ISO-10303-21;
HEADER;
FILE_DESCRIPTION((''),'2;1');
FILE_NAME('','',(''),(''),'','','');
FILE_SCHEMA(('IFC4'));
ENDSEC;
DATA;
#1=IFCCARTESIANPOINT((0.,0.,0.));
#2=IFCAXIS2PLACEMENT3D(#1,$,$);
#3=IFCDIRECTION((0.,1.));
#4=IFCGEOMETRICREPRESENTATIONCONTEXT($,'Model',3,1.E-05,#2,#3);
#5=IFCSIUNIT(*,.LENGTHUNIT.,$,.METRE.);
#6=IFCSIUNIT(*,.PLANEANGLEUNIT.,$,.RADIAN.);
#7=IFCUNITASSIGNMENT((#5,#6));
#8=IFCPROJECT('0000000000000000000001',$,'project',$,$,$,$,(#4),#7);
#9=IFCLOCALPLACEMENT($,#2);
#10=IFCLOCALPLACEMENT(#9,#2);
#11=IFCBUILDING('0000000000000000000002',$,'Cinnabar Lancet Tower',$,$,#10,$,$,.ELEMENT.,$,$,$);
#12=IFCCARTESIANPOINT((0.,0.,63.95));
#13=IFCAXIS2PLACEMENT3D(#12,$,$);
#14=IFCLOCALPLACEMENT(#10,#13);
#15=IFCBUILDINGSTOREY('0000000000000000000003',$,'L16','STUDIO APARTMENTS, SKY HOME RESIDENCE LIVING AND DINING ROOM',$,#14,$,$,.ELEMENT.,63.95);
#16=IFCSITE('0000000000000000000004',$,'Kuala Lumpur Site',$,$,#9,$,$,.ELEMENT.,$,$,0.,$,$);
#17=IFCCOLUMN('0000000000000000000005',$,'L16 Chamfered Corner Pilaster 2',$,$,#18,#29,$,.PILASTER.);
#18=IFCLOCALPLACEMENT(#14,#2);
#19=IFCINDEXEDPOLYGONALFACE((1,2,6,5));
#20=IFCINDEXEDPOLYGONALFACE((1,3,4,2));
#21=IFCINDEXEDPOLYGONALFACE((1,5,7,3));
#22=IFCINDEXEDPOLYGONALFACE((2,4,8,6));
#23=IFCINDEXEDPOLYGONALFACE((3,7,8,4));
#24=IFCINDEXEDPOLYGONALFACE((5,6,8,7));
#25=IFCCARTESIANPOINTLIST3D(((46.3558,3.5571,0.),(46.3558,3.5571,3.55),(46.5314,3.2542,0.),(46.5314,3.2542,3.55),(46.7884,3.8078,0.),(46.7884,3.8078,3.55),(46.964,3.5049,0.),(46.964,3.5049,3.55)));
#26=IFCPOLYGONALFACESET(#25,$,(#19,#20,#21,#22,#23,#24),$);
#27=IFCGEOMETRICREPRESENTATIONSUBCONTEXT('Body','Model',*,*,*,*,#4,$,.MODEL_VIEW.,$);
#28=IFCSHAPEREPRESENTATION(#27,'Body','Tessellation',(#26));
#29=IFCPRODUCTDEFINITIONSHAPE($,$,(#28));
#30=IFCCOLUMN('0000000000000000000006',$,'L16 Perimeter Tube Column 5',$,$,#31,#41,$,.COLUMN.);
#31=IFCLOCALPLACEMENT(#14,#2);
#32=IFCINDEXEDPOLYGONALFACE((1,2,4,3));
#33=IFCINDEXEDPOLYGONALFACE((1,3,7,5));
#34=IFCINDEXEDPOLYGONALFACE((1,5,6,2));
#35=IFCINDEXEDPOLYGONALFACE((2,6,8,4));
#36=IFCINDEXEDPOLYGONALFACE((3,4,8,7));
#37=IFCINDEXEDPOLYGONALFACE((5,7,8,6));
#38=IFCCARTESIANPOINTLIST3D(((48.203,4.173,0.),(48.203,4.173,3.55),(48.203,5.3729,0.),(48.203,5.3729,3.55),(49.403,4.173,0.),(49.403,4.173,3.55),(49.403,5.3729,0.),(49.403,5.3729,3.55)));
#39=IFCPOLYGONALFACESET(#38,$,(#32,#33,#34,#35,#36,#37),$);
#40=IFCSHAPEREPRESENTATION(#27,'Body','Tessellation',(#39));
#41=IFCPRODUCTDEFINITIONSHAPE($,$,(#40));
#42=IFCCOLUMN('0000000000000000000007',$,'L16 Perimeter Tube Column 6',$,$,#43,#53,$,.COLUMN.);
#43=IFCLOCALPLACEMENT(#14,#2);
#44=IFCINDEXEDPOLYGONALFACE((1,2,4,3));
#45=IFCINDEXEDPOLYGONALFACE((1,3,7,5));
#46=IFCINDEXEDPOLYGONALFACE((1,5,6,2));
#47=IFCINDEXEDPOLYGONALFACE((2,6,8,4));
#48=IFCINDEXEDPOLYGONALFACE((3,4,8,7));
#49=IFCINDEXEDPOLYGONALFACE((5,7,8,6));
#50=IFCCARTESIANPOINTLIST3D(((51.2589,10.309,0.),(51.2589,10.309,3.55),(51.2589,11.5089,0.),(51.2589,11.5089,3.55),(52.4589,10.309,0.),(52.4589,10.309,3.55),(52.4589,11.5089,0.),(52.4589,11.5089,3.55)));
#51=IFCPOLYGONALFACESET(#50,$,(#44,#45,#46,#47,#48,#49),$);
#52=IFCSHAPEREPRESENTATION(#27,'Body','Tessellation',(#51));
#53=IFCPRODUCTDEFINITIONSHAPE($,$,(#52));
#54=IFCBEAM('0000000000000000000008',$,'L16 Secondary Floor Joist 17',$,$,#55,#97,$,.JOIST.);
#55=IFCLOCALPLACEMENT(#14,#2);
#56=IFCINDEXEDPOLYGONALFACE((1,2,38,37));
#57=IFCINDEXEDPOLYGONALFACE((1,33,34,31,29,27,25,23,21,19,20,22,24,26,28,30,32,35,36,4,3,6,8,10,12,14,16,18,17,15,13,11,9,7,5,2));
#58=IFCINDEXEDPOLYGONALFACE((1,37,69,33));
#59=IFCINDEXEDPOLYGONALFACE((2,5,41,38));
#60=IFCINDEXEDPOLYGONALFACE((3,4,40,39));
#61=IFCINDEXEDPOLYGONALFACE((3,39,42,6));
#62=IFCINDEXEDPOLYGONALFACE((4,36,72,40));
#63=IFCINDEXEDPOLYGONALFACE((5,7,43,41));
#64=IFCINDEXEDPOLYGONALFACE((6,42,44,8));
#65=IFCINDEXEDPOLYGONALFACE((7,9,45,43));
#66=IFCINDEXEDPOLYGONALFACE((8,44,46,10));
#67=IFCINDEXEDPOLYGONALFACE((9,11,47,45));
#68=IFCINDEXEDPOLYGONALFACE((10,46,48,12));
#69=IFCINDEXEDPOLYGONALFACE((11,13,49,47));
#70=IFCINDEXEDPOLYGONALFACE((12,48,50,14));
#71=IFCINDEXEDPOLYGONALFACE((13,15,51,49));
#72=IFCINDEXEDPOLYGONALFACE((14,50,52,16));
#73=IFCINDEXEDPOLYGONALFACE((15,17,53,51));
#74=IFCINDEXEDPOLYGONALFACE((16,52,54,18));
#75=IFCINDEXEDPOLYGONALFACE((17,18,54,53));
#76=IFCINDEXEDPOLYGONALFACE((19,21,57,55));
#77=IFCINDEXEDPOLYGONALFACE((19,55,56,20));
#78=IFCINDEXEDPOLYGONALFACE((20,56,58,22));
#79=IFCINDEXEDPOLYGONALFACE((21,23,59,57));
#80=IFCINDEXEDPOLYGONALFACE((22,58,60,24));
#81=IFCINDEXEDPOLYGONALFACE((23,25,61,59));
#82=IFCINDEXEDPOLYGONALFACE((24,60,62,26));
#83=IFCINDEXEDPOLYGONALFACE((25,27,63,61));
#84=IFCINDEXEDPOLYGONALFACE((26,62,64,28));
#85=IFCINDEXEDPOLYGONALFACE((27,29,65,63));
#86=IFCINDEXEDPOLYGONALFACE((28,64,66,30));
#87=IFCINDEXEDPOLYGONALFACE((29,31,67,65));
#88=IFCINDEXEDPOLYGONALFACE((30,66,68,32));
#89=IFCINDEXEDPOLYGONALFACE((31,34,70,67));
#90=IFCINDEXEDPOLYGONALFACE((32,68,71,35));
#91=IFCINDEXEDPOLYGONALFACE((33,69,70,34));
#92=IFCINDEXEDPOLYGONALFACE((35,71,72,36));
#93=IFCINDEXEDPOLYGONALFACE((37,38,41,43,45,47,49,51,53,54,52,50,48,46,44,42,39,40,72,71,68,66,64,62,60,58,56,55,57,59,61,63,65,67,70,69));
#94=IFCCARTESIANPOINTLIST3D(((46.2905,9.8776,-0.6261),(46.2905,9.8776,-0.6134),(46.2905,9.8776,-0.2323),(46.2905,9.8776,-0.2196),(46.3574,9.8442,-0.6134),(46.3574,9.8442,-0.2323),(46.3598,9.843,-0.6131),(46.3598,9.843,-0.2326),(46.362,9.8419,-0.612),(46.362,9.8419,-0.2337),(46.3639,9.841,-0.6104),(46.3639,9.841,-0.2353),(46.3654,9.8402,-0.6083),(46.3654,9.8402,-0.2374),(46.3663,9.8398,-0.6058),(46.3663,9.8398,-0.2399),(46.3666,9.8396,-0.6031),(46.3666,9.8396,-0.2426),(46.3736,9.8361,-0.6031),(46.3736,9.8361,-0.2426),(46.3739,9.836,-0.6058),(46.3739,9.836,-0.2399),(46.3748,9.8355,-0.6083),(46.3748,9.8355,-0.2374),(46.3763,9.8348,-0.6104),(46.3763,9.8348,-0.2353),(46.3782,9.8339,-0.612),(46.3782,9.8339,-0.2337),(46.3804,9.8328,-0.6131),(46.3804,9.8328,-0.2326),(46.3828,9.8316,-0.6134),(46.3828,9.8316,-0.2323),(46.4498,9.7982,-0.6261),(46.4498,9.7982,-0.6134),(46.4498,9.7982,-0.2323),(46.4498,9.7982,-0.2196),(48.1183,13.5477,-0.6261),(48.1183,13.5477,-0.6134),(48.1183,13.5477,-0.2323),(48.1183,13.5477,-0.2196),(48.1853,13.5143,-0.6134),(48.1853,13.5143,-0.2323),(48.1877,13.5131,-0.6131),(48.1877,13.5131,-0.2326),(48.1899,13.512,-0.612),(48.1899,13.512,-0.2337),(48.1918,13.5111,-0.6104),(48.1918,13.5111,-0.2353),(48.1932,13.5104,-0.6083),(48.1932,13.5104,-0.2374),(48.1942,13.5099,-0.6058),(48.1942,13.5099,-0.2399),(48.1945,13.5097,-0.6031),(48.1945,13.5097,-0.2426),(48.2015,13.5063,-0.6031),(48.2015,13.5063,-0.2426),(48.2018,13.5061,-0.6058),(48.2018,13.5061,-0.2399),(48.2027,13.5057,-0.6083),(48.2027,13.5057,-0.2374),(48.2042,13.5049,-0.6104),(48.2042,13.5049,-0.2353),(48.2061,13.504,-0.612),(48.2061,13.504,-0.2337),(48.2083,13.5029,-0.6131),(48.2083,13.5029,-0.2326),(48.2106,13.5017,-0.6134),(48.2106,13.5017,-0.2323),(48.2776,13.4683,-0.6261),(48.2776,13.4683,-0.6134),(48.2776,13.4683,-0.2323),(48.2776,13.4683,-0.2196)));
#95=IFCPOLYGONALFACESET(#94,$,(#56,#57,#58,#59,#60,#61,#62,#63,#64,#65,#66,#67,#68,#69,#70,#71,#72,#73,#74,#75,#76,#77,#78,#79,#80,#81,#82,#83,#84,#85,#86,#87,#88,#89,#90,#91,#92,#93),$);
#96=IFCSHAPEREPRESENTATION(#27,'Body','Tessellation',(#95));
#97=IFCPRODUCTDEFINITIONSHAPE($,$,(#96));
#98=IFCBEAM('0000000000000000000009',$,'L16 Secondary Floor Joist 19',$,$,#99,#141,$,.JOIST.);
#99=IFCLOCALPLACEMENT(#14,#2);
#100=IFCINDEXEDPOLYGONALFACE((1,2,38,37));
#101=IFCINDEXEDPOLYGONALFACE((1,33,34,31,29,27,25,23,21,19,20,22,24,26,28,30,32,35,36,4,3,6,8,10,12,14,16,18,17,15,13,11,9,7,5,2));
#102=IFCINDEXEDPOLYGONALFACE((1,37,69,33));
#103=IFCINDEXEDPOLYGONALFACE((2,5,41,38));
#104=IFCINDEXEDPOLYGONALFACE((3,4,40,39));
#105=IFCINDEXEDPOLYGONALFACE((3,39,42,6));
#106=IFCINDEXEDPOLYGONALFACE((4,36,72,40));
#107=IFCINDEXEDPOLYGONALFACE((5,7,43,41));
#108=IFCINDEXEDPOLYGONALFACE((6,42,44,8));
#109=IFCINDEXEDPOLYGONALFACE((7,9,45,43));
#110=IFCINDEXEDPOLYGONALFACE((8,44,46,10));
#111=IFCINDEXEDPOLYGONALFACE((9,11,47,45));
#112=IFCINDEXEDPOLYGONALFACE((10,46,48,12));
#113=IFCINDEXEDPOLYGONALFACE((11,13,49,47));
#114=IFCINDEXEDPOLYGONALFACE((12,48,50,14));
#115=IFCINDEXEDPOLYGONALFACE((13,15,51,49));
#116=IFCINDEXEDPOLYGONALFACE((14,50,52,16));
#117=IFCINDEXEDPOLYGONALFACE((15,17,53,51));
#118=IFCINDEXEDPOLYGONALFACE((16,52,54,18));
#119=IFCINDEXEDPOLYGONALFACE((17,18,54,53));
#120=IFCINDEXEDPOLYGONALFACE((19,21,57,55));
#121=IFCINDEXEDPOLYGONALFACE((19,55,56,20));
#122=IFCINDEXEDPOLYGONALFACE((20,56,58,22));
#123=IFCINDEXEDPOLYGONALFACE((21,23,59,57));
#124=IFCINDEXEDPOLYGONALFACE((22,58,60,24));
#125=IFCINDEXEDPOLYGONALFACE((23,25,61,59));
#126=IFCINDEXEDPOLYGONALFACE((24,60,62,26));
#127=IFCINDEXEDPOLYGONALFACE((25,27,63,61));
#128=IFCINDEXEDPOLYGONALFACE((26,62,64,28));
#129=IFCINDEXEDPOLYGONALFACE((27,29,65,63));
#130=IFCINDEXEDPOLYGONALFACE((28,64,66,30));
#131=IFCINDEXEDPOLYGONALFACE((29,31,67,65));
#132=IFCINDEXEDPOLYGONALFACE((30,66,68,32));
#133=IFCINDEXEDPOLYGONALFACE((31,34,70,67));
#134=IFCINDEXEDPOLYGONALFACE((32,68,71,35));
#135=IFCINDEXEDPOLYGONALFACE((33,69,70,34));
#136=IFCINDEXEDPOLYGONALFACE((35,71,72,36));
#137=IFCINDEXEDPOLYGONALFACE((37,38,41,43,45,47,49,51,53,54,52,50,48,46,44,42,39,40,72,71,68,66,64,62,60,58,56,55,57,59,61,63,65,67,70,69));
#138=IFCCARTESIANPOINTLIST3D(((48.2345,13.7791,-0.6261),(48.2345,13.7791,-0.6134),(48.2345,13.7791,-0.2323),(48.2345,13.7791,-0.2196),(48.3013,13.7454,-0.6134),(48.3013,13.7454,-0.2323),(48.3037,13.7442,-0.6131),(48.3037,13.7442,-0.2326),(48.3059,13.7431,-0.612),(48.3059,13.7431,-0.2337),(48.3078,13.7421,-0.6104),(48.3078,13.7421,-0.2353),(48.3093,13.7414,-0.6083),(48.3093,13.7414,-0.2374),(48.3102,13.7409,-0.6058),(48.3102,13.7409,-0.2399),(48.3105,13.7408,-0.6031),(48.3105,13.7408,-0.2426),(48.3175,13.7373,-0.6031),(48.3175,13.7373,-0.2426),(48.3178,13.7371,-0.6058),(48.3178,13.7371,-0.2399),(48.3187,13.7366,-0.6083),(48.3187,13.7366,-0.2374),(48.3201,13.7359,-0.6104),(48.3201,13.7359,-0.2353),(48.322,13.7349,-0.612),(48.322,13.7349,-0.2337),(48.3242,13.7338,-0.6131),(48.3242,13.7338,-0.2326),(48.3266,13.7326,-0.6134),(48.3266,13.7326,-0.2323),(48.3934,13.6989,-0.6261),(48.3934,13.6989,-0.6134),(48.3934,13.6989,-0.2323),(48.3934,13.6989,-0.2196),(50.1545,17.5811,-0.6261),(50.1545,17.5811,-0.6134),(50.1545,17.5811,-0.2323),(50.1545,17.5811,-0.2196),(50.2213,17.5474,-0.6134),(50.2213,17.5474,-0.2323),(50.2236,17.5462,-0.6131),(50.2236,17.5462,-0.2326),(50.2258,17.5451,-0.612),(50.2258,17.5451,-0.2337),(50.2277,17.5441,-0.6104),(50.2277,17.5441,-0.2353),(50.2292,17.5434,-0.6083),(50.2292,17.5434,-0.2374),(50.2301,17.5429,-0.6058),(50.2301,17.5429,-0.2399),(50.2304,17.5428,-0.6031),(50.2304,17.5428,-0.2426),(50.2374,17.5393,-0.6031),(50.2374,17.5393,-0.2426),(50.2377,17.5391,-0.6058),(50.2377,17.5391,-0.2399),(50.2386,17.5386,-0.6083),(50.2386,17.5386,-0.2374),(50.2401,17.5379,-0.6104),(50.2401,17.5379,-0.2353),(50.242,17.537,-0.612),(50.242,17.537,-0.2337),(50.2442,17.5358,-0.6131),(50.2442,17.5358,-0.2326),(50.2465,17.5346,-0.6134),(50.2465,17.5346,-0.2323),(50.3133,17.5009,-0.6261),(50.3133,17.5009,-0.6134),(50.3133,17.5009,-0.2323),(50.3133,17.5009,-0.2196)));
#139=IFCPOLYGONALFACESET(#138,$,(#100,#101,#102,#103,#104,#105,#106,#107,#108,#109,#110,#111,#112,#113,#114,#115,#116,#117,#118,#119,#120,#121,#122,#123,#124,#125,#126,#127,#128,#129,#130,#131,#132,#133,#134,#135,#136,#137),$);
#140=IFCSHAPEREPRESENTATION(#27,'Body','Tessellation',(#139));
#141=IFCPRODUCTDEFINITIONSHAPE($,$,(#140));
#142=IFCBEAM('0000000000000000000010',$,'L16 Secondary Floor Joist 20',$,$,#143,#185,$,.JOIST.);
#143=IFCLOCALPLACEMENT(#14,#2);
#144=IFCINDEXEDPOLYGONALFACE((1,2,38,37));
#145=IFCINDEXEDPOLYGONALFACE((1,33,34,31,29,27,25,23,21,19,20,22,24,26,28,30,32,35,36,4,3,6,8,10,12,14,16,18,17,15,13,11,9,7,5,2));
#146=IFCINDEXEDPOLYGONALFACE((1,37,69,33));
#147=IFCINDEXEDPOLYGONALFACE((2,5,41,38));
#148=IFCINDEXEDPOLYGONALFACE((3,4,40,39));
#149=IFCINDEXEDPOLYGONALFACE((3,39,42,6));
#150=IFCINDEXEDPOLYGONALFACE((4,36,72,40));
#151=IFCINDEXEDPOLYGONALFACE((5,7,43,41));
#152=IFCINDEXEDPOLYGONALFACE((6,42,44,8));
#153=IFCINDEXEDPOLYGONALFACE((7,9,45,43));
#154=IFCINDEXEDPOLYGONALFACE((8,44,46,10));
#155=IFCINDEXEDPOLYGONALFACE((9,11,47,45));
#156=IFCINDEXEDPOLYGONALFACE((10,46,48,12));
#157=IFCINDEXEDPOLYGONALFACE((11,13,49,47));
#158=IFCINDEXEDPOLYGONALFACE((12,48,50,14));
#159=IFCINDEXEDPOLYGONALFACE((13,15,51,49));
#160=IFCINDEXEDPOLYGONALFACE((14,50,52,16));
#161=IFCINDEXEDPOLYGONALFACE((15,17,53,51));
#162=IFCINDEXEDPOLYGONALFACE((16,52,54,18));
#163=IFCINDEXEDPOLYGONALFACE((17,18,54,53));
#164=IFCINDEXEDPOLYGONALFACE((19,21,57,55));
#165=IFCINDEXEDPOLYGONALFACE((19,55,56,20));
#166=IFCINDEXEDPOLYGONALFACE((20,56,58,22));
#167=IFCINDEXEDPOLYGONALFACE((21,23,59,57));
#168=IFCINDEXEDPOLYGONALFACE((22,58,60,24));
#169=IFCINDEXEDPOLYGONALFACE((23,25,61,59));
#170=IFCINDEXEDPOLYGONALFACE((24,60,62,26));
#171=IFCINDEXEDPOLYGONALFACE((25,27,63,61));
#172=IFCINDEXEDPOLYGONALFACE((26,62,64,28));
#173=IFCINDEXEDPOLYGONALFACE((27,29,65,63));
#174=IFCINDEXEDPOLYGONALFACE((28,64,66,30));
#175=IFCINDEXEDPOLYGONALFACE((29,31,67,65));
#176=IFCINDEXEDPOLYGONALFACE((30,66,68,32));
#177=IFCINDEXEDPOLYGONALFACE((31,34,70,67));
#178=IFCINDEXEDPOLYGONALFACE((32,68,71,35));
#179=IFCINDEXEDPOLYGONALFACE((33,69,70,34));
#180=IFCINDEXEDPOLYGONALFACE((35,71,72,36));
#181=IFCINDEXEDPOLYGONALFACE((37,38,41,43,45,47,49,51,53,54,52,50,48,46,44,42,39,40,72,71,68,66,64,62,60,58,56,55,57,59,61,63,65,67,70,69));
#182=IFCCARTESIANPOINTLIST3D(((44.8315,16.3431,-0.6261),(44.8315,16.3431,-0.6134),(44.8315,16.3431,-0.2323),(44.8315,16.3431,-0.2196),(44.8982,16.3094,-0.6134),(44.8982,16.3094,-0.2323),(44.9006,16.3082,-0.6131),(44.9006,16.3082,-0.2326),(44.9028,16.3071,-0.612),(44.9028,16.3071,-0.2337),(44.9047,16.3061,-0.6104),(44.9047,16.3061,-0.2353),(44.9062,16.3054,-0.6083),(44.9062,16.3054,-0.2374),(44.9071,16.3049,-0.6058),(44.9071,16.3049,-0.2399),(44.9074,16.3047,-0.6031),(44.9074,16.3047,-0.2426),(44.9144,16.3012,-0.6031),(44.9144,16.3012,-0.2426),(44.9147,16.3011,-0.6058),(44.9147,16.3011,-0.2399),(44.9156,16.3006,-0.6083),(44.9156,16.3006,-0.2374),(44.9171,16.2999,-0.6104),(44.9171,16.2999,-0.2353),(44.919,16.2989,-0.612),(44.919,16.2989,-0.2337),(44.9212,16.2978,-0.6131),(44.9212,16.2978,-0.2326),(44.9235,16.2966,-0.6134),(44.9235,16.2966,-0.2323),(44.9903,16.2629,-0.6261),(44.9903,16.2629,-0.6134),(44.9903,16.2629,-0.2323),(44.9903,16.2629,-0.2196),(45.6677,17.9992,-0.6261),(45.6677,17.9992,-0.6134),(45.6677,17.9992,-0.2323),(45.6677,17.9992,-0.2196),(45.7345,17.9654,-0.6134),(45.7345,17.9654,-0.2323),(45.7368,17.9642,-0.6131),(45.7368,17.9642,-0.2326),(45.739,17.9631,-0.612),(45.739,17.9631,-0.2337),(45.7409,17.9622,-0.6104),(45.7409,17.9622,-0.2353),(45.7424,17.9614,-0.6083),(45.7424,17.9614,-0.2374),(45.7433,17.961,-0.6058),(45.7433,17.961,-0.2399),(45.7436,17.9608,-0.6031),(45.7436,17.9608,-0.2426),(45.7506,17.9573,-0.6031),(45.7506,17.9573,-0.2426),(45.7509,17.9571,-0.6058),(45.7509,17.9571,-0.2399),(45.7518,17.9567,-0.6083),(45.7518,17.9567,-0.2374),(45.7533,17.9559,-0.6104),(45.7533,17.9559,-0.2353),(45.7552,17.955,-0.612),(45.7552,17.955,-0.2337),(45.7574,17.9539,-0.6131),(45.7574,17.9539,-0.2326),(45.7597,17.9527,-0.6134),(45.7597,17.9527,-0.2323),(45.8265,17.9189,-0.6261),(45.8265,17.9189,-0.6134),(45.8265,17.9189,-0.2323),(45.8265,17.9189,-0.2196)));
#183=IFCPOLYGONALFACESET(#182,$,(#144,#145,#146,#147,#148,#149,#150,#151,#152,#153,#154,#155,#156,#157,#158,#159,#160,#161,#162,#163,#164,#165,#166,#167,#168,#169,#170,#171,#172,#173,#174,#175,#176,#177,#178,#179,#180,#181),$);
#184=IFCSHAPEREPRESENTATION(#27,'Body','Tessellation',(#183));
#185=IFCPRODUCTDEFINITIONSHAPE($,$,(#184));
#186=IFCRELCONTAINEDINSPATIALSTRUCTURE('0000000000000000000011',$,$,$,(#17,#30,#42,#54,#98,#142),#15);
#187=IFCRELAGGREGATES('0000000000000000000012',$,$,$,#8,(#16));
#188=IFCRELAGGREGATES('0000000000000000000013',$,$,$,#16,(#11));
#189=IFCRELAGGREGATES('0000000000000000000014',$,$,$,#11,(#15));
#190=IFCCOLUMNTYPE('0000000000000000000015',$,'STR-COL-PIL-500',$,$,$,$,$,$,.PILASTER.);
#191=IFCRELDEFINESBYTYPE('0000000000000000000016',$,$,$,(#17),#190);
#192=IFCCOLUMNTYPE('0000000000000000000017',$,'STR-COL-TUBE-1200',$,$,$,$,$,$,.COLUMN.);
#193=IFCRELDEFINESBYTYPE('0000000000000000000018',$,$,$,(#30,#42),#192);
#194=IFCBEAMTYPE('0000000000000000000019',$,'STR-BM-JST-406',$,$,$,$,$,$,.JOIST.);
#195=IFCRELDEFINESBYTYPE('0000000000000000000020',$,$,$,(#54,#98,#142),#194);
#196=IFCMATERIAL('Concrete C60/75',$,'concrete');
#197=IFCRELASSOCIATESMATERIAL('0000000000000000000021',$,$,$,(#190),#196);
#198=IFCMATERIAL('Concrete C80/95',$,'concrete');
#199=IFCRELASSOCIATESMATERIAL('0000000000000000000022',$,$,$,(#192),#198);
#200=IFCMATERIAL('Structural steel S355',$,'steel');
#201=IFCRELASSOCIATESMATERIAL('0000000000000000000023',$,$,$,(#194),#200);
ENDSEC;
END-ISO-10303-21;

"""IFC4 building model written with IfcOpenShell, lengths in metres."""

from ifc_helpers import new_model, si_unit, direction, frame, origin, origin_2d, place, context, subcontext, project, spatial, rectangle, i_section, extrude, material, material_profile, profile_set, type_object, element, save


model = new_model("IFC4")

# Units and contexts
model_context = context("Model", 3, precision=1e-05, world=origin(), true_north=direction((0.0, 1.0)))
body_context = subcontext(model_context, "Body", "Model", "MODEL_VIEW")
ifc_project = project(units=[si_unit("LENGTHUNIT", "METRE"), si_unit("PLANEANGLEUNIT", "RADIAN")], contexts=[model_context])

# Site, building, storey
site_placement = place(None, origin())
site = spatial("IfcSite", under=ifc_project, at=site_placement, Name="Kuala Lumpur Site", CompositionType="ELEMENT", RefElevation=0.0)
building_placement = place(site_placement, origin())
building = spatial("IfcBuilding", under=site, at=building_placement, Name="Cinnabar Lancet Tower", CompositionType="ELEMENT")
storey_placement = place(building_placement, frame((0.0, 0.0, 63.95)))
storey = spatial("IfcBuildingStorey", under=building, at=storey_placement, Name="L16", Description="STUDIO APARTMENTS, SKY HOME RESIDENCE LIVING AND DINING ROOM", CompositionType="ELEMENT", Elevation=63.95)

# Columns
ifc_material_1 = material(Name="Concrete C60/75", Category="concrete")
ifc_material_profile_1 = material_profile(ifc_material_1, rectangle(XDim=0.5, YDim=0.3501, at=origin_2d()), Name="RC-PIL 500x350")
ifc_profile_set_1 = profile_set([ifc_material_profile_1], Name="Concrete C60/75")
column_type_1 = type_object("IfcColumnType", Name="STR-COL-PIL-500", PredefinedType="PILASTER", material=ifc_profile_set_1)
column_placement = place(storey_placement, frame((46.6599, 3.531, 0.0), z_axis=(0.0, 0.0, 1.0), x_axis=(0.865195, 0.501435, 0.0)))
element("IfcColumn", 1, at=column_placement, inside=storey, type_object=column_type_1, Name="L16 Chamfered Corner Pilaster 2", PredefinedType="PILASTER", context=body_context, shape_type="SweptSolid", body=[
    extrude(rectangle(XDim=0.5, YDim=0.3501, at=origin_2d()), origin(), (0.0, 0.0, 1.0), 3.55),
])
ifc_material_2 = material(Name="Concrete C80/95", Category="concrete")
ifc_material_profile_2 = material_profile(ifc_material_2, rectangle(XDim=1.2, YDim=1.2, at=origin_2d()), Name="RC-COL 1200x1200")
ifc_profile_set_2 = profile_set([ifc_material_profile_2], Name="Concrete C80/95")
column_type_2 = type_object("IfcColumnType", Name="STR-COL-TUBE-1200", PredefinedType="COLUMN", material=ifc_profile_set_2)
for number, where, z_axis, x_axis, name in (
    (2, (48.803, 4.7729, 0.0), (0.0, 0.0, 1.0), (1.0, 0.0, 0.0), "L16 Perimeter Tube Column 5"),
    (3, (51.8589, 10.9089, 0.0), (0.0, 0.0, 1.0), (1.0, 0.0, 0.0), "L16 Perimeter Tube Column 6"),
):
    element("IfcColumn", number, at=place(storey_placement, frame(where, z_axis=z_axis, x_axis=x_axis)), inside=storey, type_object=column_type_2, Name=name, PredefinedType="COLUMN", context=body_context, shape_type="SweptSolid", body=[
        extrude(rectangle(XDim=1.2, YDim=1.2, at=origin_2d()), origin(), (0.0, 0.0, 1.0), 3.55),
    ])

# Beams
ifc_material_3 = material(Name="Structural steel S355", Category="steel")
ifc_material_profile_3 = material_profile(ifc_material_3, i_section(OverallWidth=0.178, OverallDepth=0.4065, WebThickness=0.0078, FlangeThickness=0.0127, FilletRadius=0.0103, at=origin_2d()), Name="UKB 406x178x60")
ifc_profile_set_3 = profile_set([ifc_material_profile_3], Name="Structural steel S355")
beam_type_1 = type_object("IfcBeamType", Name="STR-BM-JST-406", PredefinedType="JOIST", material=ifc_profile_set_3)
beam_1_placement = place(storey_placement, frame((46.3701, 9.8379, -0.4229), z_axis=(0.445808, 0.895129, 0.0), x_axis=(-0.895129, 0.445808, 0.0)))
element("IfcBeam", 4, at=beam_1_placement, inside=storey, type_object=beam_type_1, Name="L16 Secondary Floor Joist 17", PredefinedType="JOIST", context=body_context, shape_type="SweptSolid", body=[
    extrude(i_section(OverallWidth=0.178, OverallDepth=0.4065, WebThickness=0.0078, FlangeThickness=0.0127, FilletRadius=0.0103, at=origin_2d()), origin(), (0.0, 0.0, 1.0), 4.1001),
])
beam_2_placement = place(storey_placement, frame((48.314, 13.739, -0.4229), z_axis=(0.450764, 0.892643, 0.0), x_axis=(-0.892643, 0.450764, 0.0)))
element("IfcBeam", 5, at=beam_2_placement, inside=storey, type_object=beam_type_1, Name="L16 Secondary Floor Joist 19", PredefinedType="JOIST", context=body_context, shape_type="SweptSolid", body=[
    extrude(i_section(OverallWidth=0.178, OverallDepth=0.4065, WebThickness=0.0078, FlangeThickness=0.0127, FilletRadius=0.0103, at=origin_2d()), origin(), (0.0, 0.0, 1.0), 4.2593),
])
beam_3_placement = place(storey_placement, frame((44.9109, 16.303, -0.4229), z_axis=(0.450737, 0.892657, 0.0), x_axis=(-0.892657, 0.450737, 0.0)))
element("IfcBeam", 6, at=beam_3_placement, inside=storey, type_object=beam_type_1, Name="L16 Secondary Floor Joist 20", PredefinedType="JOIST", context=body_context, shape_type="SweptSolid", body=[
    extrude(i_section(OverallWidth=0.178, OverallDepth=0.4065, WebThickness=0.0078, FlangeThickness=0.0127, FilletRadius=0.0103, at=origin_2d()), origin(), (0.0, 0.0, 1.0), 1.8552),
])

save(model, "model.ifc")
